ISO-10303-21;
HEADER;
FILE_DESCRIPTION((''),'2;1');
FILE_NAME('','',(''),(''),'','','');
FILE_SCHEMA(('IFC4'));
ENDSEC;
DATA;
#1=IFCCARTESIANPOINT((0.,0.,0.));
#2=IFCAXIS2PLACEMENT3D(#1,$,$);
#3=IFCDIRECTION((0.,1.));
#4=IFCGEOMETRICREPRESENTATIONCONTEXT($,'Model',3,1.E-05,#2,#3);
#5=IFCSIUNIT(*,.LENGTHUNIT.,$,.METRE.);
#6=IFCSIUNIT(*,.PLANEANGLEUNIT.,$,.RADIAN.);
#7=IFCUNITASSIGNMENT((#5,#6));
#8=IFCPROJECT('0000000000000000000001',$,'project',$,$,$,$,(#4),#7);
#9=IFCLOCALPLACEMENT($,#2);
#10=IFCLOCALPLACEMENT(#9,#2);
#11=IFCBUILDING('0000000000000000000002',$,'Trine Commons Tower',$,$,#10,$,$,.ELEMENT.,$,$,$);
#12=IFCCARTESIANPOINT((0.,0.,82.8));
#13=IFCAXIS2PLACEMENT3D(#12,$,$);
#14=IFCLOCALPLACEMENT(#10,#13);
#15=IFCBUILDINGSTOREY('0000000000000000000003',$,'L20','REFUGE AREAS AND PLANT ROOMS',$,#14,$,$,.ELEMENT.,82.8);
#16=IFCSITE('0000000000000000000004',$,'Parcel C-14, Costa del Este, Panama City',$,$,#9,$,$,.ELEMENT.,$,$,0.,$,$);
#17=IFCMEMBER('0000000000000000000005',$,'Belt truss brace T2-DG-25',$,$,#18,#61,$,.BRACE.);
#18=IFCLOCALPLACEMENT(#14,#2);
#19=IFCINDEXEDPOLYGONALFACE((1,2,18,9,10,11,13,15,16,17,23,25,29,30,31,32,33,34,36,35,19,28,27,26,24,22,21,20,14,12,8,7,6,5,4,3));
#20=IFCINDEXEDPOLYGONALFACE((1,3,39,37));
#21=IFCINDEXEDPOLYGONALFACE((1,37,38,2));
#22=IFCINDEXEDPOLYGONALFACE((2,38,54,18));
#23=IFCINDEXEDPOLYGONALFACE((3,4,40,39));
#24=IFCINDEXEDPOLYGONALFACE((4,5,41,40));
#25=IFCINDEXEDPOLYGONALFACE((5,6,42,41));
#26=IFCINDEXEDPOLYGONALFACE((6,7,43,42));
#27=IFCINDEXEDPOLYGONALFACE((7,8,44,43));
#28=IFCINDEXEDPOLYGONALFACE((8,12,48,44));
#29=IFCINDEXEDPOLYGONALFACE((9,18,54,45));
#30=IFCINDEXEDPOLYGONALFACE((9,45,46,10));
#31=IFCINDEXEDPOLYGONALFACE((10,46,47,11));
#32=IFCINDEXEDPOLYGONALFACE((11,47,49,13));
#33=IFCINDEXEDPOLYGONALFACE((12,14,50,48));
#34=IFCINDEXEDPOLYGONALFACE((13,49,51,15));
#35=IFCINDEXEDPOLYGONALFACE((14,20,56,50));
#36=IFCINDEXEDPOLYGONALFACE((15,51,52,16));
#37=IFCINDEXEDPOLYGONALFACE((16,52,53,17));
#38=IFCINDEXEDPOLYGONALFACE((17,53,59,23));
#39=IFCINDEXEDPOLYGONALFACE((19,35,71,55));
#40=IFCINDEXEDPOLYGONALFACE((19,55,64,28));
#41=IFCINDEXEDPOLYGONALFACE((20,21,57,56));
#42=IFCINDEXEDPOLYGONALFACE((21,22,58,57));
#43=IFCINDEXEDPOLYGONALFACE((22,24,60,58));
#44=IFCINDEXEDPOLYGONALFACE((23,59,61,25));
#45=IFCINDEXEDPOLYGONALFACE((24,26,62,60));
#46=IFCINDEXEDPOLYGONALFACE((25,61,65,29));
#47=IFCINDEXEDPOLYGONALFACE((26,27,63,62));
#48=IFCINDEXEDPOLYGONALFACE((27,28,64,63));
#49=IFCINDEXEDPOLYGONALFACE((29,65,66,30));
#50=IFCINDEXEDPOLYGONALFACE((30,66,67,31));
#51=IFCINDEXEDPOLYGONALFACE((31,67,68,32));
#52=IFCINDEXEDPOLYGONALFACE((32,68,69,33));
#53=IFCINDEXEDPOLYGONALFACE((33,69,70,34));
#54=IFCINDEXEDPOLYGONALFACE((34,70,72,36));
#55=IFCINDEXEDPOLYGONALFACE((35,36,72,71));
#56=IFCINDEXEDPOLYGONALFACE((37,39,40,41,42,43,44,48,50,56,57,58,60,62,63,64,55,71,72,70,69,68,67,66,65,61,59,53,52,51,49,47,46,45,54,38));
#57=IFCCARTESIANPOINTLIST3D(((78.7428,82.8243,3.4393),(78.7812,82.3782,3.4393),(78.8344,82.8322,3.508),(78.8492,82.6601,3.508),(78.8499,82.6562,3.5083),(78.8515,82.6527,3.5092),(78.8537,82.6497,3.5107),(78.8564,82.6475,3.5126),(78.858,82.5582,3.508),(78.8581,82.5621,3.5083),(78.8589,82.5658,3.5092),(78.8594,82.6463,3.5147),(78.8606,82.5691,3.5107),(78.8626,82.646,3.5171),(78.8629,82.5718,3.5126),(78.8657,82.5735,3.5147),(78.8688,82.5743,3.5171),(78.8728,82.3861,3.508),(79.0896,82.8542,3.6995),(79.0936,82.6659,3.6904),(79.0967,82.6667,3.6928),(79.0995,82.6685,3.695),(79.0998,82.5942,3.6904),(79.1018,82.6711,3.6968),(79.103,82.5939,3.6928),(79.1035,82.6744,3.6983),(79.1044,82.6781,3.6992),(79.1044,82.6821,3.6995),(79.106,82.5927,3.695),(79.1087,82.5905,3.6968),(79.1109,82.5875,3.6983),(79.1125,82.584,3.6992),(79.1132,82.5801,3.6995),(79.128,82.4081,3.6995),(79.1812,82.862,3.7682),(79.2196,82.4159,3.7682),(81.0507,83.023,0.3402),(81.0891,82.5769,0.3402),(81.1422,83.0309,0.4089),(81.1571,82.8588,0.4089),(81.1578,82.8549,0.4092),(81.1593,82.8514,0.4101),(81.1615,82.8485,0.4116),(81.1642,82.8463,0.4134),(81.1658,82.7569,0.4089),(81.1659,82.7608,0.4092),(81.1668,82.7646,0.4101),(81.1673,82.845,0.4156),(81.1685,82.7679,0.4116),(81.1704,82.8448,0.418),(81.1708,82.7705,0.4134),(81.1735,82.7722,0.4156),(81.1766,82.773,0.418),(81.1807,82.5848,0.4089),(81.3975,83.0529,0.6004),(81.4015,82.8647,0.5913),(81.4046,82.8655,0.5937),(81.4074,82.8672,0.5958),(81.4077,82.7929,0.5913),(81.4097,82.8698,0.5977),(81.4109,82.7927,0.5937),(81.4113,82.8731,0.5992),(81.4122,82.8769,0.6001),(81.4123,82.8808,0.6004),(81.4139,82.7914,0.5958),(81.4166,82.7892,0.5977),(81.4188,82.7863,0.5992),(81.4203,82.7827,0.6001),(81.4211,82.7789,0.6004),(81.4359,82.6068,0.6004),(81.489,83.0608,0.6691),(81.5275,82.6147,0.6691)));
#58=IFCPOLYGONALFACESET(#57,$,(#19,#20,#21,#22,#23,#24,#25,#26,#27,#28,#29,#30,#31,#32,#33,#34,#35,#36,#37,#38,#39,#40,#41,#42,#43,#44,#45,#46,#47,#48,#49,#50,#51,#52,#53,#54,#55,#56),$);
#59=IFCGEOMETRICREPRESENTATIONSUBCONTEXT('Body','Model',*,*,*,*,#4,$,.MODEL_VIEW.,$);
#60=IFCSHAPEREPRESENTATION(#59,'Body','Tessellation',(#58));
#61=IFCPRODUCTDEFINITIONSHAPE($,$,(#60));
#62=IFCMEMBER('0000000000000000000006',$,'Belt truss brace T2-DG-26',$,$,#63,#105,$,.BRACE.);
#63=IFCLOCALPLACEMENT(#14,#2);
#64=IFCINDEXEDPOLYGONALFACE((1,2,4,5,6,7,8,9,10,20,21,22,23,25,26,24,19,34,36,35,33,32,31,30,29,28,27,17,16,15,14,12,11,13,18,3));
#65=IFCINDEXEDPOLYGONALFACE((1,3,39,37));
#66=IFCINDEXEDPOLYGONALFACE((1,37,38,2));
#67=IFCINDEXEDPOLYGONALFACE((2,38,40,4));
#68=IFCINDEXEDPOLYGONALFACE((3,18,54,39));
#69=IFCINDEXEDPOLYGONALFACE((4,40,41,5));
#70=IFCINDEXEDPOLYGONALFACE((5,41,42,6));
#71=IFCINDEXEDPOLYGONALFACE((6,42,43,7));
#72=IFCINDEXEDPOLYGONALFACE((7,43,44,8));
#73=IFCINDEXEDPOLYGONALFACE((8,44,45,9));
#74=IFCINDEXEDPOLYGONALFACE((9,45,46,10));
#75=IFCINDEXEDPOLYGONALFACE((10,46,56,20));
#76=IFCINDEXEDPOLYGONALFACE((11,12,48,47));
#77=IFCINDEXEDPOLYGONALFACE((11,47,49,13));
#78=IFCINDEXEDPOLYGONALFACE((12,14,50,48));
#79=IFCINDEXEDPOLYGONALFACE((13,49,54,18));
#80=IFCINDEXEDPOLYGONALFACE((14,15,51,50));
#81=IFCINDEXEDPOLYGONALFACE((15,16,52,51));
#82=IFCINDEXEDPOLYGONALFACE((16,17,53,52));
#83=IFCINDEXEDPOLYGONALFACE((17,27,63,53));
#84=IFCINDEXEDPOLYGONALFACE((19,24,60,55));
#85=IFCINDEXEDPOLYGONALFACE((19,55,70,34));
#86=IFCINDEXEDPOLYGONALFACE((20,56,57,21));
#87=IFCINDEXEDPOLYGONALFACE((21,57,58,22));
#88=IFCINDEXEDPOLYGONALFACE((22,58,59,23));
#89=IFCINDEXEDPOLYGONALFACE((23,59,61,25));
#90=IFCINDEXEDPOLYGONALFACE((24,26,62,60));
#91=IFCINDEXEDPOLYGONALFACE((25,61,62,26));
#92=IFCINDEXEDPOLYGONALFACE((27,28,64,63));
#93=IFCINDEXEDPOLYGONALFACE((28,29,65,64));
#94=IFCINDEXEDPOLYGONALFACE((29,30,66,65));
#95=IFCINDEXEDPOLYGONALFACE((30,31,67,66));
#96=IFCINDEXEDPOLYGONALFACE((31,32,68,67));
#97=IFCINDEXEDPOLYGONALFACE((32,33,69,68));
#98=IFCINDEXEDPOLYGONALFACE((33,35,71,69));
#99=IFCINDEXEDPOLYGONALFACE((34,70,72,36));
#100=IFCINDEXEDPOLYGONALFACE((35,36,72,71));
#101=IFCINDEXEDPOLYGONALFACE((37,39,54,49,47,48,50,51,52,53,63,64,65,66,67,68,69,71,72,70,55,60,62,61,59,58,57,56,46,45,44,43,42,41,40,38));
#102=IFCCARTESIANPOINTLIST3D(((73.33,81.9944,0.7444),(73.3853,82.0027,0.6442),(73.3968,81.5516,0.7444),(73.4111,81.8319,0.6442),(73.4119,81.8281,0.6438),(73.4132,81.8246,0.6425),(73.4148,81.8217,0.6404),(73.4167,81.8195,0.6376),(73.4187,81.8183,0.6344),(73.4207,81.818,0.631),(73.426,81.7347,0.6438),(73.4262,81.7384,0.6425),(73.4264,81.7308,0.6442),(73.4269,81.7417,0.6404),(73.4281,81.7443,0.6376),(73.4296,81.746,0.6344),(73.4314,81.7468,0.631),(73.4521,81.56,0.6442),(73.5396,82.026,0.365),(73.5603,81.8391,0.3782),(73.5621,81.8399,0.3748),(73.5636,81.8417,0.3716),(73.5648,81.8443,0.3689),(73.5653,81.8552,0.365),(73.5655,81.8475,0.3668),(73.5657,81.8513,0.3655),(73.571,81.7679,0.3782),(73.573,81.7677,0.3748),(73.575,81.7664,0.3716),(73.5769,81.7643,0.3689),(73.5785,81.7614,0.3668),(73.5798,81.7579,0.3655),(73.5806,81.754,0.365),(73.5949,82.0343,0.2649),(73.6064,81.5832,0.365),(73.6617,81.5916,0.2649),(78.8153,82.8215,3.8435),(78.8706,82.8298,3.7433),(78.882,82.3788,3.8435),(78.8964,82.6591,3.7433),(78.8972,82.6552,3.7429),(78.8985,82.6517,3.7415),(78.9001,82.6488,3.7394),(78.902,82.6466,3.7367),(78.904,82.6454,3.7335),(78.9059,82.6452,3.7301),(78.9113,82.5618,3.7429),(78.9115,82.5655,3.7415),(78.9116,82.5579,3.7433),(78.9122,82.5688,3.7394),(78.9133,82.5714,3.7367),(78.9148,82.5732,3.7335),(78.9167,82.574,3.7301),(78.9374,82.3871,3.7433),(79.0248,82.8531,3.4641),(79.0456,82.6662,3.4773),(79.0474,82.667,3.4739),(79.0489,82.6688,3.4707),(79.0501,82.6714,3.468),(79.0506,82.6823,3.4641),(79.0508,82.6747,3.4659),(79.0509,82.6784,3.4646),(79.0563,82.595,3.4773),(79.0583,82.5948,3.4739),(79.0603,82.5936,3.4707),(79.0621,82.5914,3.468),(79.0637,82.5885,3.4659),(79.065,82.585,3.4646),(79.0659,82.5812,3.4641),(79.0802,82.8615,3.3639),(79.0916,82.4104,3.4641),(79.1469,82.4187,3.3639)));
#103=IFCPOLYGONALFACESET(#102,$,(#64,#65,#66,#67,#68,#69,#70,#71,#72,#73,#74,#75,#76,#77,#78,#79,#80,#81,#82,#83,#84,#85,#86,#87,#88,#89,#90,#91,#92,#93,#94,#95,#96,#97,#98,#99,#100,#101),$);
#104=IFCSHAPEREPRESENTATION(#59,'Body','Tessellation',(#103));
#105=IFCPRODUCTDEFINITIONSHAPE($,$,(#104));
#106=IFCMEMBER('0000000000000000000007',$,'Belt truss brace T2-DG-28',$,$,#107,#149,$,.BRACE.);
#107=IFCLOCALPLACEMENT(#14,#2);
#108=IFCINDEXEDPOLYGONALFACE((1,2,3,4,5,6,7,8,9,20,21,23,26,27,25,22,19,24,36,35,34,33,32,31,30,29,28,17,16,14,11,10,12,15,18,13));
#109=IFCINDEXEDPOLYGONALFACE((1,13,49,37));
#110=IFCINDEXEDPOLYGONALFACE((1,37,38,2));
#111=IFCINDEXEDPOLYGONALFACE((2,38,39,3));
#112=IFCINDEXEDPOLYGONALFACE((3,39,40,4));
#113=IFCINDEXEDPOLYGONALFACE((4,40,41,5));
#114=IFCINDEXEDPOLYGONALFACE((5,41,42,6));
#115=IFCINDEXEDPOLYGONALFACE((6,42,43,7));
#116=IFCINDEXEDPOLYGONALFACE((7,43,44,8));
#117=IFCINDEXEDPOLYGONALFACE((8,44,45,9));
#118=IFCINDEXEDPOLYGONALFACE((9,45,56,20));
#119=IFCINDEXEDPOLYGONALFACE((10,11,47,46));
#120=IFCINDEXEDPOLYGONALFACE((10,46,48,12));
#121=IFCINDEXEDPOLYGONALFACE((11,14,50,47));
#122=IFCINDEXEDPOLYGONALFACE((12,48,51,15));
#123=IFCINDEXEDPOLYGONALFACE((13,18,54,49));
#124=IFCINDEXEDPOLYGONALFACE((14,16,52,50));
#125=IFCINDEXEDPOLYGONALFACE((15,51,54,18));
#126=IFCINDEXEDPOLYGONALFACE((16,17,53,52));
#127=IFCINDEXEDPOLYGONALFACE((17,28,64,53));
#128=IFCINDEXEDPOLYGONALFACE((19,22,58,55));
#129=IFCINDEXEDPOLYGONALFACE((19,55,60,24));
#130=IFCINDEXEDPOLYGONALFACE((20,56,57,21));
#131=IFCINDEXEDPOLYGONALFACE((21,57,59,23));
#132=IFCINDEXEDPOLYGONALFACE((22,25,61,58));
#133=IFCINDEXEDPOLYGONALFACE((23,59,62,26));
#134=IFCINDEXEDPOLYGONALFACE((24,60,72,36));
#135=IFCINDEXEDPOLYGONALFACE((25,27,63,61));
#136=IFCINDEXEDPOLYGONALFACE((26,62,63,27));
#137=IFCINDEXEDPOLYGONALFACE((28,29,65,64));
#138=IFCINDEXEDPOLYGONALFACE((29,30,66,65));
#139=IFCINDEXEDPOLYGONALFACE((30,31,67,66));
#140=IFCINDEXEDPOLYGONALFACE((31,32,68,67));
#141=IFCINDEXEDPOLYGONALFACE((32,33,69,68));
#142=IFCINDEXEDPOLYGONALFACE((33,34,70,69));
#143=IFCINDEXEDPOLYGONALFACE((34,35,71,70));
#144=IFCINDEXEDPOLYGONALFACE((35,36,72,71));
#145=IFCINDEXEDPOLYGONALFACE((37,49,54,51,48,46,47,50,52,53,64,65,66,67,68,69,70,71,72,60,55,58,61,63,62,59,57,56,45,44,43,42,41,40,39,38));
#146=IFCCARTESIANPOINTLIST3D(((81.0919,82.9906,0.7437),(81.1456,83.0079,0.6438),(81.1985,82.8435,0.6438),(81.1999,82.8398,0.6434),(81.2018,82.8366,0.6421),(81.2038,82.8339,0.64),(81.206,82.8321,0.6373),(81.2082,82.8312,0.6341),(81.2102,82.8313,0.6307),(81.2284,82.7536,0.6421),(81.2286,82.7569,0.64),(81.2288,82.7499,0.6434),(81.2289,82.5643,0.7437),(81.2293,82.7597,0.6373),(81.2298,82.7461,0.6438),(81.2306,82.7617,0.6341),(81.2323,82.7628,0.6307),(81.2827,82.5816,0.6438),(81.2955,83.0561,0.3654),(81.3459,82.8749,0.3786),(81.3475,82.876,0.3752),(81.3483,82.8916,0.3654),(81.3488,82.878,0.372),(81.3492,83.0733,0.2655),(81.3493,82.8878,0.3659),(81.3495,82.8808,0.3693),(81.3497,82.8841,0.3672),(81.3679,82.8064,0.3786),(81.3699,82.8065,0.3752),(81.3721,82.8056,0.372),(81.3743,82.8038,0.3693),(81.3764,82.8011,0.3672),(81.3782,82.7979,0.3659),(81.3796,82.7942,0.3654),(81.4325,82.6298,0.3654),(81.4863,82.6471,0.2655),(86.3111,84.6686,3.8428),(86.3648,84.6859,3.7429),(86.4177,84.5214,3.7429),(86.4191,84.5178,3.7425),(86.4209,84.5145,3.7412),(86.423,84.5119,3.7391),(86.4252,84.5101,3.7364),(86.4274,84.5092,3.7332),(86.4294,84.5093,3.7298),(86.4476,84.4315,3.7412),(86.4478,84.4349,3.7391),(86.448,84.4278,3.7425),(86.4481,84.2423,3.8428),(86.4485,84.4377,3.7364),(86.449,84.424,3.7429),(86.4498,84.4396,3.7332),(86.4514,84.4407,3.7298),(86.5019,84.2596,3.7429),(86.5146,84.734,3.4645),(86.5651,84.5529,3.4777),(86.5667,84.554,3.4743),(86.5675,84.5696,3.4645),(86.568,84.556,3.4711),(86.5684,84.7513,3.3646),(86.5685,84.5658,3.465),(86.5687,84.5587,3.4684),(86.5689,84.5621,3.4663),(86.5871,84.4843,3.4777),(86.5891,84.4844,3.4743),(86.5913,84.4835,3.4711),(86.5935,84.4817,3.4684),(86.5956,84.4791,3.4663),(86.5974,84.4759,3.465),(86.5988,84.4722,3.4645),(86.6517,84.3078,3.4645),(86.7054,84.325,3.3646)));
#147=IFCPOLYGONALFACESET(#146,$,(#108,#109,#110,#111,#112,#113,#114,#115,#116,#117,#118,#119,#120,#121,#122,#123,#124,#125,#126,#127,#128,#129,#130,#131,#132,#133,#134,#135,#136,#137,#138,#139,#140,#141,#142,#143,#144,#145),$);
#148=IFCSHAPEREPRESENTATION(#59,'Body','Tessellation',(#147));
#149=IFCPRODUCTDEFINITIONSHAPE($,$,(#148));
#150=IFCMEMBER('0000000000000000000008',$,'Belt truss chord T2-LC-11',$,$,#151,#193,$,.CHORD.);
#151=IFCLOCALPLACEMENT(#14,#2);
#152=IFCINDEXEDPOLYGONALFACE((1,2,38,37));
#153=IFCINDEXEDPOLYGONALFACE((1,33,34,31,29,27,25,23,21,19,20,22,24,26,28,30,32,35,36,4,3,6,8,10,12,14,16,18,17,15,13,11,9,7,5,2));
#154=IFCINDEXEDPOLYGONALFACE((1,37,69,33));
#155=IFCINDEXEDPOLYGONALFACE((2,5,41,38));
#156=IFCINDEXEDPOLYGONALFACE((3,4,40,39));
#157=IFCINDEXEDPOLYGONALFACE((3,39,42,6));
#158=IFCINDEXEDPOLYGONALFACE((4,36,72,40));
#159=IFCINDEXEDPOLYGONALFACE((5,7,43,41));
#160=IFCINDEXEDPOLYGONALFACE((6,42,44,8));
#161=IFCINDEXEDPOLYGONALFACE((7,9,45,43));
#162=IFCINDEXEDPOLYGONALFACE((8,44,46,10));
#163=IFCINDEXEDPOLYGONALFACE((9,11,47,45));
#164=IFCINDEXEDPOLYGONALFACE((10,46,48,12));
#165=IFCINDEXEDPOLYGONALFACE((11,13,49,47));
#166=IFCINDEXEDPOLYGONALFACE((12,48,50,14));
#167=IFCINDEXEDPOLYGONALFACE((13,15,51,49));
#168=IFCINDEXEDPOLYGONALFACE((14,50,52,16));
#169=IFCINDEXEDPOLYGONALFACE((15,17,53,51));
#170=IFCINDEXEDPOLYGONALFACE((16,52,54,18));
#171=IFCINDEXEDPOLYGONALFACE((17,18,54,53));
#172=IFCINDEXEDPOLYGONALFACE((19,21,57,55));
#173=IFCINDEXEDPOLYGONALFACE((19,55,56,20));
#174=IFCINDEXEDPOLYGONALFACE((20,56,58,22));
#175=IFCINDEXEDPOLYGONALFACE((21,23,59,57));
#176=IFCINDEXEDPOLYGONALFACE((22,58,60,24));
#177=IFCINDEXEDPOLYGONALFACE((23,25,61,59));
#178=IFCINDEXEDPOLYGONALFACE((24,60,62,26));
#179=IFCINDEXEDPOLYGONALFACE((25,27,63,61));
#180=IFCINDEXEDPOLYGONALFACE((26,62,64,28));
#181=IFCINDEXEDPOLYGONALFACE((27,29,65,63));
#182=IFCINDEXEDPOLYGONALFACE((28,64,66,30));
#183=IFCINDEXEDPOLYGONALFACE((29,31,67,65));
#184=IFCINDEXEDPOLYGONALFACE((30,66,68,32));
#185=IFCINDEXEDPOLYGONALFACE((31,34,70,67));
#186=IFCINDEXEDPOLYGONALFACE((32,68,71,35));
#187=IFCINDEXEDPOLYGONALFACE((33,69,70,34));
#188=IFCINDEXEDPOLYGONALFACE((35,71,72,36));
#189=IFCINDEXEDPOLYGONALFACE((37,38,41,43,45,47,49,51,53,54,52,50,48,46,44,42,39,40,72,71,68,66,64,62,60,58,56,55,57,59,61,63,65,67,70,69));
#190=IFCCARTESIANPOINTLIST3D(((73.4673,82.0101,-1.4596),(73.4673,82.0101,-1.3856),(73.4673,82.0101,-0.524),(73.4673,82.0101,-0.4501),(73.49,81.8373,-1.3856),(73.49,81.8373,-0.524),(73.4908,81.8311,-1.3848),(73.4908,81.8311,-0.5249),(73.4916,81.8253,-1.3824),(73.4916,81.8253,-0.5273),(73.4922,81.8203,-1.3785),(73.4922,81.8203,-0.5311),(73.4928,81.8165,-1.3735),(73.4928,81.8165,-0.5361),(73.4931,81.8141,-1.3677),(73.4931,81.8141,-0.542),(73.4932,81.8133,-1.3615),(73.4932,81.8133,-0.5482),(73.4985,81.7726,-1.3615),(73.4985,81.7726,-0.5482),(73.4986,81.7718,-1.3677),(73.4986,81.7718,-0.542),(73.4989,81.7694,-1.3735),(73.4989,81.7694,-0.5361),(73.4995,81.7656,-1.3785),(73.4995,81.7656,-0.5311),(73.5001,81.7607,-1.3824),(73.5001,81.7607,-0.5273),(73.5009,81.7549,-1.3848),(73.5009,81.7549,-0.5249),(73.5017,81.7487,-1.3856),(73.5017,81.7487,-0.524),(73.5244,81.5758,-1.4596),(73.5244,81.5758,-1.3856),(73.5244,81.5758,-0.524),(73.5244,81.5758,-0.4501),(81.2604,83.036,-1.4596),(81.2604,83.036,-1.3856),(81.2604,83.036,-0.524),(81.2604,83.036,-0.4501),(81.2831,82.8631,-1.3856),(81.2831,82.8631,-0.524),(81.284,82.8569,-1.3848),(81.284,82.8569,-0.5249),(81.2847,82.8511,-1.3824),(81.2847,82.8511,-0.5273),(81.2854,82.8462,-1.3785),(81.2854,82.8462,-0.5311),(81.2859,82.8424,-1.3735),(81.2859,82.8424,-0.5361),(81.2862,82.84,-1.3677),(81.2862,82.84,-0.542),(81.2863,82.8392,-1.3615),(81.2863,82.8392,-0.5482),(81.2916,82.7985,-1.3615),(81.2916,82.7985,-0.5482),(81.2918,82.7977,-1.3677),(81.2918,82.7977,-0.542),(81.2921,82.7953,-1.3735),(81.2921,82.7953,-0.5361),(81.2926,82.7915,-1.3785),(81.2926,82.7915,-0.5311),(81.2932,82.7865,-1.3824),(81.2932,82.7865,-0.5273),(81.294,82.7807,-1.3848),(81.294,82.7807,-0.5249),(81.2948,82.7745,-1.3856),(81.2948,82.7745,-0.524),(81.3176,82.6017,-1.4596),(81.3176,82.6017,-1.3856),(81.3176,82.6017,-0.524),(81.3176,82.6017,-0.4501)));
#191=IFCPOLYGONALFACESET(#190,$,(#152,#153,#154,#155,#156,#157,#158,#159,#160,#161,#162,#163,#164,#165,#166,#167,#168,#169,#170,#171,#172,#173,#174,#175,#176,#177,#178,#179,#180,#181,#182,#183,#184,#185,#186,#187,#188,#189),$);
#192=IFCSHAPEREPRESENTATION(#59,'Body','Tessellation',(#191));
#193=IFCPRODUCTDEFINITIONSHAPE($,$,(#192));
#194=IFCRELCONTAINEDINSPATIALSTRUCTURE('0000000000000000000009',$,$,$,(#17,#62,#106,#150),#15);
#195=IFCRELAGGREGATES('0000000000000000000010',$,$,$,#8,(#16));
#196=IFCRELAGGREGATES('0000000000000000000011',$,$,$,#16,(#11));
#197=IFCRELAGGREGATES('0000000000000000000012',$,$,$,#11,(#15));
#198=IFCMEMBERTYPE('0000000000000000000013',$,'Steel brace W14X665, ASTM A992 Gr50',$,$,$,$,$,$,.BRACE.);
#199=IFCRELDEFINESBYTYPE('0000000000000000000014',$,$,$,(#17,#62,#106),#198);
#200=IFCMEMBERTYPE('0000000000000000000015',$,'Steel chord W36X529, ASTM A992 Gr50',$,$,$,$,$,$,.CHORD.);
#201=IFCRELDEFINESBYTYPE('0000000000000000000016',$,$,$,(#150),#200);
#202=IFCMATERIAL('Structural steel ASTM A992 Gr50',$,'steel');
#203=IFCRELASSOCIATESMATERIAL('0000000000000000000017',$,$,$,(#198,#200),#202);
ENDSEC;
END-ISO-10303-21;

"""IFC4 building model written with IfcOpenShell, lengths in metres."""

from ifc_helpers import new_model, si_unit, direction, frame, origin, origin_2d, place, context, subcontext, project, spatial, i_section, extrude, material, material_profile, profile_set, type_object, element, save


model = new_model("IFC4")

# Units and contexts
model_context = context("Model", 3, precision=1e-05, world=origin(), true_north=direction((0.0, 1.0)))
body_context = subcontext(model_context, "Body", "Model", "MODEL_VIEW")
ifc_project = project(units=[si_unit("LENGTHUNIT", "METRE"), si_unit("PLANEANGLEUNIT", "RADIAN")], contexts=[model_context])

# Site, building, storey
site_placement = place(None, origin())
site = spatial("IfcSite", under=ifc_project, at=site_placement, Name="Parcel C-14, Costa del Este, Panama City", CompositionType="ELEMENT", RefElevation=0.0)
building_placement = place(site_placement, origin())
building = spatial("IfcBuilding", under=site, at=building_placement, Name="Trine Commons Tower", CompositionType="ELEMENT")
storey_placement = place(building_placement, frame((0.0, 0.0, 82.8)))
storey = spatial("IfcBuildingStorey", under=building, at=storey_placement, Name="L20", Description="REFUGE AREAS AND PLANT ROOMS", CompositionType="ELEMENT", Elevation=82.8)

# Members
ifc_material_1 = material(Name="Structural steel ASTM A992 Gr50", Category="steel")
ifc_material_profile_1 = material_profile(ifc_material_1, i_section(OverallWidth=0.4478, OverallDepth=0.5493, WebThickness=0.072, FlangeThickness=0.1147, FilletRadius=0.0151, at=origin_2d()), Name="W14X665")
ifc_profile_set_1 = profile_set([ifc_material_profile_1], Name="Structural steel ASTM A992 Gr50")
member_type_1 = type_object("IfcMemberType", Name="Steel brace W14X665, ASTM A992 Gr50", PredefinedType="BRACE", material=ifc_profile_set_1)
member_1_placement = place(storey_placement, frame((81.2891, 82.8188, 0.5046), z_axis=(-0.596479, -0.051363, 0.800984), x_axis=(0.085793, -0.996313, 0.0)))
element("IfcMember", 1, at=member_1_placement, inside=storey, type_object=member_type_1, Name="Belt truss brace T2-DG-25", PredefinedType="BRACE", context=body_context, shape_type="SweptSolid", body=[
    extrude(i_section(OverallWidth=0.4478, OverallDepth=0.5493, WebThickness=0.072, FlangeThickness=0.1147, FilletRadius=0.0151, at=origin_2d()), origin(), (0.0, 0.0, 1.0), 3.8691),
])
member_2_placement = place(storey_placement, frame((73.4958, 81.793, 0.5046), z_axis=(0.863243, 0.13017, 0.487716), x_axis=(-0.149107, 0.988821, 0.0)))
element("IfcMember", 2, at=member_2_placement, inside=storey, type_object=member_type_1, Name="Belt truss brace T2-DG-26", PredefinedType="BRACE", context=body_context, shape_type="SweptSolid", body=[
    extrude(i_section(OverallWidth=0.4478, OverallDepth=0.5493, WebThickness=0.072, FlangeThickness=0.1147, FilletRadius=0.0151, at=origin_2d()), origin(), (0.0, 0.0, 1.0), 6.3542),
])
member_3_placement = place(storey_placement, frame((81.2891, 82.8188, 0.5046), z_axis=(0.828757, 0.266444, 0.492106), x_axis=(-0.30607, 0.952009, 0.0)))
element("IfcMember", 3, at=member_3_placement, inside=storey, type_object=member_type_1, Name="Belt truss brace T2-DG-28", PredefinedType="BRACE", context=body_context, shape_type="SweptSolid", body=[
    extrude(i_section(OverallWidth=0.4478, OverallDepth=0.5493, WebThickness=0.072, FlangeThickness=0.1147, FilletRadius=0.0151, at=origin_2d()), origin(), (0.0, 0.0, 1.0), 6.2976),
])
ifc_material_profile_2 = material_profile(ifc_material_1, i_section(OverallWidth=0.438, OverallDepth=1.0095, WebThickness=0.041, FlangeThickness=0.074, FilletRadius=0.0242, at=origin_2d()), Name="W36X529")
ifc_profile_set_2 = profile_set([ifc_material_profile_2], Name="Structural steel ASTM A992 Gr50")
member_type_2 = type_object("IfcMemberType", Name="Steel chord W36X529, ASTM A992 Gr50", PredefinedType="CHORD", material=ifc_profile_set_2)
member_4_placement = place(storey_placement, frame((73.4958, 81.793, -0.9548), z_axis=(0.991447, 0.130512, 0.0), x_axis=(-0.130512, 0.991447, 0.0)))
element("IfcMember", 4, at=member_4_placement, inside=storey, type_object=member_type_2, Name="Belt truss chord T2-LC-11", PredefinedType="CHORD", context=body_context, shape_type="SweptSolid", body=[
    extrude(i_section(OverallWidth=0.438, OverallDepth=1.0095, WebThickness=0.041, FlangeThickness=0.074, FilletRadius=0.0242, at=origin_2d()), origin(), (0.0, 0.0, 1.0), 7.8604),
])

save(model, "model.ifc")
